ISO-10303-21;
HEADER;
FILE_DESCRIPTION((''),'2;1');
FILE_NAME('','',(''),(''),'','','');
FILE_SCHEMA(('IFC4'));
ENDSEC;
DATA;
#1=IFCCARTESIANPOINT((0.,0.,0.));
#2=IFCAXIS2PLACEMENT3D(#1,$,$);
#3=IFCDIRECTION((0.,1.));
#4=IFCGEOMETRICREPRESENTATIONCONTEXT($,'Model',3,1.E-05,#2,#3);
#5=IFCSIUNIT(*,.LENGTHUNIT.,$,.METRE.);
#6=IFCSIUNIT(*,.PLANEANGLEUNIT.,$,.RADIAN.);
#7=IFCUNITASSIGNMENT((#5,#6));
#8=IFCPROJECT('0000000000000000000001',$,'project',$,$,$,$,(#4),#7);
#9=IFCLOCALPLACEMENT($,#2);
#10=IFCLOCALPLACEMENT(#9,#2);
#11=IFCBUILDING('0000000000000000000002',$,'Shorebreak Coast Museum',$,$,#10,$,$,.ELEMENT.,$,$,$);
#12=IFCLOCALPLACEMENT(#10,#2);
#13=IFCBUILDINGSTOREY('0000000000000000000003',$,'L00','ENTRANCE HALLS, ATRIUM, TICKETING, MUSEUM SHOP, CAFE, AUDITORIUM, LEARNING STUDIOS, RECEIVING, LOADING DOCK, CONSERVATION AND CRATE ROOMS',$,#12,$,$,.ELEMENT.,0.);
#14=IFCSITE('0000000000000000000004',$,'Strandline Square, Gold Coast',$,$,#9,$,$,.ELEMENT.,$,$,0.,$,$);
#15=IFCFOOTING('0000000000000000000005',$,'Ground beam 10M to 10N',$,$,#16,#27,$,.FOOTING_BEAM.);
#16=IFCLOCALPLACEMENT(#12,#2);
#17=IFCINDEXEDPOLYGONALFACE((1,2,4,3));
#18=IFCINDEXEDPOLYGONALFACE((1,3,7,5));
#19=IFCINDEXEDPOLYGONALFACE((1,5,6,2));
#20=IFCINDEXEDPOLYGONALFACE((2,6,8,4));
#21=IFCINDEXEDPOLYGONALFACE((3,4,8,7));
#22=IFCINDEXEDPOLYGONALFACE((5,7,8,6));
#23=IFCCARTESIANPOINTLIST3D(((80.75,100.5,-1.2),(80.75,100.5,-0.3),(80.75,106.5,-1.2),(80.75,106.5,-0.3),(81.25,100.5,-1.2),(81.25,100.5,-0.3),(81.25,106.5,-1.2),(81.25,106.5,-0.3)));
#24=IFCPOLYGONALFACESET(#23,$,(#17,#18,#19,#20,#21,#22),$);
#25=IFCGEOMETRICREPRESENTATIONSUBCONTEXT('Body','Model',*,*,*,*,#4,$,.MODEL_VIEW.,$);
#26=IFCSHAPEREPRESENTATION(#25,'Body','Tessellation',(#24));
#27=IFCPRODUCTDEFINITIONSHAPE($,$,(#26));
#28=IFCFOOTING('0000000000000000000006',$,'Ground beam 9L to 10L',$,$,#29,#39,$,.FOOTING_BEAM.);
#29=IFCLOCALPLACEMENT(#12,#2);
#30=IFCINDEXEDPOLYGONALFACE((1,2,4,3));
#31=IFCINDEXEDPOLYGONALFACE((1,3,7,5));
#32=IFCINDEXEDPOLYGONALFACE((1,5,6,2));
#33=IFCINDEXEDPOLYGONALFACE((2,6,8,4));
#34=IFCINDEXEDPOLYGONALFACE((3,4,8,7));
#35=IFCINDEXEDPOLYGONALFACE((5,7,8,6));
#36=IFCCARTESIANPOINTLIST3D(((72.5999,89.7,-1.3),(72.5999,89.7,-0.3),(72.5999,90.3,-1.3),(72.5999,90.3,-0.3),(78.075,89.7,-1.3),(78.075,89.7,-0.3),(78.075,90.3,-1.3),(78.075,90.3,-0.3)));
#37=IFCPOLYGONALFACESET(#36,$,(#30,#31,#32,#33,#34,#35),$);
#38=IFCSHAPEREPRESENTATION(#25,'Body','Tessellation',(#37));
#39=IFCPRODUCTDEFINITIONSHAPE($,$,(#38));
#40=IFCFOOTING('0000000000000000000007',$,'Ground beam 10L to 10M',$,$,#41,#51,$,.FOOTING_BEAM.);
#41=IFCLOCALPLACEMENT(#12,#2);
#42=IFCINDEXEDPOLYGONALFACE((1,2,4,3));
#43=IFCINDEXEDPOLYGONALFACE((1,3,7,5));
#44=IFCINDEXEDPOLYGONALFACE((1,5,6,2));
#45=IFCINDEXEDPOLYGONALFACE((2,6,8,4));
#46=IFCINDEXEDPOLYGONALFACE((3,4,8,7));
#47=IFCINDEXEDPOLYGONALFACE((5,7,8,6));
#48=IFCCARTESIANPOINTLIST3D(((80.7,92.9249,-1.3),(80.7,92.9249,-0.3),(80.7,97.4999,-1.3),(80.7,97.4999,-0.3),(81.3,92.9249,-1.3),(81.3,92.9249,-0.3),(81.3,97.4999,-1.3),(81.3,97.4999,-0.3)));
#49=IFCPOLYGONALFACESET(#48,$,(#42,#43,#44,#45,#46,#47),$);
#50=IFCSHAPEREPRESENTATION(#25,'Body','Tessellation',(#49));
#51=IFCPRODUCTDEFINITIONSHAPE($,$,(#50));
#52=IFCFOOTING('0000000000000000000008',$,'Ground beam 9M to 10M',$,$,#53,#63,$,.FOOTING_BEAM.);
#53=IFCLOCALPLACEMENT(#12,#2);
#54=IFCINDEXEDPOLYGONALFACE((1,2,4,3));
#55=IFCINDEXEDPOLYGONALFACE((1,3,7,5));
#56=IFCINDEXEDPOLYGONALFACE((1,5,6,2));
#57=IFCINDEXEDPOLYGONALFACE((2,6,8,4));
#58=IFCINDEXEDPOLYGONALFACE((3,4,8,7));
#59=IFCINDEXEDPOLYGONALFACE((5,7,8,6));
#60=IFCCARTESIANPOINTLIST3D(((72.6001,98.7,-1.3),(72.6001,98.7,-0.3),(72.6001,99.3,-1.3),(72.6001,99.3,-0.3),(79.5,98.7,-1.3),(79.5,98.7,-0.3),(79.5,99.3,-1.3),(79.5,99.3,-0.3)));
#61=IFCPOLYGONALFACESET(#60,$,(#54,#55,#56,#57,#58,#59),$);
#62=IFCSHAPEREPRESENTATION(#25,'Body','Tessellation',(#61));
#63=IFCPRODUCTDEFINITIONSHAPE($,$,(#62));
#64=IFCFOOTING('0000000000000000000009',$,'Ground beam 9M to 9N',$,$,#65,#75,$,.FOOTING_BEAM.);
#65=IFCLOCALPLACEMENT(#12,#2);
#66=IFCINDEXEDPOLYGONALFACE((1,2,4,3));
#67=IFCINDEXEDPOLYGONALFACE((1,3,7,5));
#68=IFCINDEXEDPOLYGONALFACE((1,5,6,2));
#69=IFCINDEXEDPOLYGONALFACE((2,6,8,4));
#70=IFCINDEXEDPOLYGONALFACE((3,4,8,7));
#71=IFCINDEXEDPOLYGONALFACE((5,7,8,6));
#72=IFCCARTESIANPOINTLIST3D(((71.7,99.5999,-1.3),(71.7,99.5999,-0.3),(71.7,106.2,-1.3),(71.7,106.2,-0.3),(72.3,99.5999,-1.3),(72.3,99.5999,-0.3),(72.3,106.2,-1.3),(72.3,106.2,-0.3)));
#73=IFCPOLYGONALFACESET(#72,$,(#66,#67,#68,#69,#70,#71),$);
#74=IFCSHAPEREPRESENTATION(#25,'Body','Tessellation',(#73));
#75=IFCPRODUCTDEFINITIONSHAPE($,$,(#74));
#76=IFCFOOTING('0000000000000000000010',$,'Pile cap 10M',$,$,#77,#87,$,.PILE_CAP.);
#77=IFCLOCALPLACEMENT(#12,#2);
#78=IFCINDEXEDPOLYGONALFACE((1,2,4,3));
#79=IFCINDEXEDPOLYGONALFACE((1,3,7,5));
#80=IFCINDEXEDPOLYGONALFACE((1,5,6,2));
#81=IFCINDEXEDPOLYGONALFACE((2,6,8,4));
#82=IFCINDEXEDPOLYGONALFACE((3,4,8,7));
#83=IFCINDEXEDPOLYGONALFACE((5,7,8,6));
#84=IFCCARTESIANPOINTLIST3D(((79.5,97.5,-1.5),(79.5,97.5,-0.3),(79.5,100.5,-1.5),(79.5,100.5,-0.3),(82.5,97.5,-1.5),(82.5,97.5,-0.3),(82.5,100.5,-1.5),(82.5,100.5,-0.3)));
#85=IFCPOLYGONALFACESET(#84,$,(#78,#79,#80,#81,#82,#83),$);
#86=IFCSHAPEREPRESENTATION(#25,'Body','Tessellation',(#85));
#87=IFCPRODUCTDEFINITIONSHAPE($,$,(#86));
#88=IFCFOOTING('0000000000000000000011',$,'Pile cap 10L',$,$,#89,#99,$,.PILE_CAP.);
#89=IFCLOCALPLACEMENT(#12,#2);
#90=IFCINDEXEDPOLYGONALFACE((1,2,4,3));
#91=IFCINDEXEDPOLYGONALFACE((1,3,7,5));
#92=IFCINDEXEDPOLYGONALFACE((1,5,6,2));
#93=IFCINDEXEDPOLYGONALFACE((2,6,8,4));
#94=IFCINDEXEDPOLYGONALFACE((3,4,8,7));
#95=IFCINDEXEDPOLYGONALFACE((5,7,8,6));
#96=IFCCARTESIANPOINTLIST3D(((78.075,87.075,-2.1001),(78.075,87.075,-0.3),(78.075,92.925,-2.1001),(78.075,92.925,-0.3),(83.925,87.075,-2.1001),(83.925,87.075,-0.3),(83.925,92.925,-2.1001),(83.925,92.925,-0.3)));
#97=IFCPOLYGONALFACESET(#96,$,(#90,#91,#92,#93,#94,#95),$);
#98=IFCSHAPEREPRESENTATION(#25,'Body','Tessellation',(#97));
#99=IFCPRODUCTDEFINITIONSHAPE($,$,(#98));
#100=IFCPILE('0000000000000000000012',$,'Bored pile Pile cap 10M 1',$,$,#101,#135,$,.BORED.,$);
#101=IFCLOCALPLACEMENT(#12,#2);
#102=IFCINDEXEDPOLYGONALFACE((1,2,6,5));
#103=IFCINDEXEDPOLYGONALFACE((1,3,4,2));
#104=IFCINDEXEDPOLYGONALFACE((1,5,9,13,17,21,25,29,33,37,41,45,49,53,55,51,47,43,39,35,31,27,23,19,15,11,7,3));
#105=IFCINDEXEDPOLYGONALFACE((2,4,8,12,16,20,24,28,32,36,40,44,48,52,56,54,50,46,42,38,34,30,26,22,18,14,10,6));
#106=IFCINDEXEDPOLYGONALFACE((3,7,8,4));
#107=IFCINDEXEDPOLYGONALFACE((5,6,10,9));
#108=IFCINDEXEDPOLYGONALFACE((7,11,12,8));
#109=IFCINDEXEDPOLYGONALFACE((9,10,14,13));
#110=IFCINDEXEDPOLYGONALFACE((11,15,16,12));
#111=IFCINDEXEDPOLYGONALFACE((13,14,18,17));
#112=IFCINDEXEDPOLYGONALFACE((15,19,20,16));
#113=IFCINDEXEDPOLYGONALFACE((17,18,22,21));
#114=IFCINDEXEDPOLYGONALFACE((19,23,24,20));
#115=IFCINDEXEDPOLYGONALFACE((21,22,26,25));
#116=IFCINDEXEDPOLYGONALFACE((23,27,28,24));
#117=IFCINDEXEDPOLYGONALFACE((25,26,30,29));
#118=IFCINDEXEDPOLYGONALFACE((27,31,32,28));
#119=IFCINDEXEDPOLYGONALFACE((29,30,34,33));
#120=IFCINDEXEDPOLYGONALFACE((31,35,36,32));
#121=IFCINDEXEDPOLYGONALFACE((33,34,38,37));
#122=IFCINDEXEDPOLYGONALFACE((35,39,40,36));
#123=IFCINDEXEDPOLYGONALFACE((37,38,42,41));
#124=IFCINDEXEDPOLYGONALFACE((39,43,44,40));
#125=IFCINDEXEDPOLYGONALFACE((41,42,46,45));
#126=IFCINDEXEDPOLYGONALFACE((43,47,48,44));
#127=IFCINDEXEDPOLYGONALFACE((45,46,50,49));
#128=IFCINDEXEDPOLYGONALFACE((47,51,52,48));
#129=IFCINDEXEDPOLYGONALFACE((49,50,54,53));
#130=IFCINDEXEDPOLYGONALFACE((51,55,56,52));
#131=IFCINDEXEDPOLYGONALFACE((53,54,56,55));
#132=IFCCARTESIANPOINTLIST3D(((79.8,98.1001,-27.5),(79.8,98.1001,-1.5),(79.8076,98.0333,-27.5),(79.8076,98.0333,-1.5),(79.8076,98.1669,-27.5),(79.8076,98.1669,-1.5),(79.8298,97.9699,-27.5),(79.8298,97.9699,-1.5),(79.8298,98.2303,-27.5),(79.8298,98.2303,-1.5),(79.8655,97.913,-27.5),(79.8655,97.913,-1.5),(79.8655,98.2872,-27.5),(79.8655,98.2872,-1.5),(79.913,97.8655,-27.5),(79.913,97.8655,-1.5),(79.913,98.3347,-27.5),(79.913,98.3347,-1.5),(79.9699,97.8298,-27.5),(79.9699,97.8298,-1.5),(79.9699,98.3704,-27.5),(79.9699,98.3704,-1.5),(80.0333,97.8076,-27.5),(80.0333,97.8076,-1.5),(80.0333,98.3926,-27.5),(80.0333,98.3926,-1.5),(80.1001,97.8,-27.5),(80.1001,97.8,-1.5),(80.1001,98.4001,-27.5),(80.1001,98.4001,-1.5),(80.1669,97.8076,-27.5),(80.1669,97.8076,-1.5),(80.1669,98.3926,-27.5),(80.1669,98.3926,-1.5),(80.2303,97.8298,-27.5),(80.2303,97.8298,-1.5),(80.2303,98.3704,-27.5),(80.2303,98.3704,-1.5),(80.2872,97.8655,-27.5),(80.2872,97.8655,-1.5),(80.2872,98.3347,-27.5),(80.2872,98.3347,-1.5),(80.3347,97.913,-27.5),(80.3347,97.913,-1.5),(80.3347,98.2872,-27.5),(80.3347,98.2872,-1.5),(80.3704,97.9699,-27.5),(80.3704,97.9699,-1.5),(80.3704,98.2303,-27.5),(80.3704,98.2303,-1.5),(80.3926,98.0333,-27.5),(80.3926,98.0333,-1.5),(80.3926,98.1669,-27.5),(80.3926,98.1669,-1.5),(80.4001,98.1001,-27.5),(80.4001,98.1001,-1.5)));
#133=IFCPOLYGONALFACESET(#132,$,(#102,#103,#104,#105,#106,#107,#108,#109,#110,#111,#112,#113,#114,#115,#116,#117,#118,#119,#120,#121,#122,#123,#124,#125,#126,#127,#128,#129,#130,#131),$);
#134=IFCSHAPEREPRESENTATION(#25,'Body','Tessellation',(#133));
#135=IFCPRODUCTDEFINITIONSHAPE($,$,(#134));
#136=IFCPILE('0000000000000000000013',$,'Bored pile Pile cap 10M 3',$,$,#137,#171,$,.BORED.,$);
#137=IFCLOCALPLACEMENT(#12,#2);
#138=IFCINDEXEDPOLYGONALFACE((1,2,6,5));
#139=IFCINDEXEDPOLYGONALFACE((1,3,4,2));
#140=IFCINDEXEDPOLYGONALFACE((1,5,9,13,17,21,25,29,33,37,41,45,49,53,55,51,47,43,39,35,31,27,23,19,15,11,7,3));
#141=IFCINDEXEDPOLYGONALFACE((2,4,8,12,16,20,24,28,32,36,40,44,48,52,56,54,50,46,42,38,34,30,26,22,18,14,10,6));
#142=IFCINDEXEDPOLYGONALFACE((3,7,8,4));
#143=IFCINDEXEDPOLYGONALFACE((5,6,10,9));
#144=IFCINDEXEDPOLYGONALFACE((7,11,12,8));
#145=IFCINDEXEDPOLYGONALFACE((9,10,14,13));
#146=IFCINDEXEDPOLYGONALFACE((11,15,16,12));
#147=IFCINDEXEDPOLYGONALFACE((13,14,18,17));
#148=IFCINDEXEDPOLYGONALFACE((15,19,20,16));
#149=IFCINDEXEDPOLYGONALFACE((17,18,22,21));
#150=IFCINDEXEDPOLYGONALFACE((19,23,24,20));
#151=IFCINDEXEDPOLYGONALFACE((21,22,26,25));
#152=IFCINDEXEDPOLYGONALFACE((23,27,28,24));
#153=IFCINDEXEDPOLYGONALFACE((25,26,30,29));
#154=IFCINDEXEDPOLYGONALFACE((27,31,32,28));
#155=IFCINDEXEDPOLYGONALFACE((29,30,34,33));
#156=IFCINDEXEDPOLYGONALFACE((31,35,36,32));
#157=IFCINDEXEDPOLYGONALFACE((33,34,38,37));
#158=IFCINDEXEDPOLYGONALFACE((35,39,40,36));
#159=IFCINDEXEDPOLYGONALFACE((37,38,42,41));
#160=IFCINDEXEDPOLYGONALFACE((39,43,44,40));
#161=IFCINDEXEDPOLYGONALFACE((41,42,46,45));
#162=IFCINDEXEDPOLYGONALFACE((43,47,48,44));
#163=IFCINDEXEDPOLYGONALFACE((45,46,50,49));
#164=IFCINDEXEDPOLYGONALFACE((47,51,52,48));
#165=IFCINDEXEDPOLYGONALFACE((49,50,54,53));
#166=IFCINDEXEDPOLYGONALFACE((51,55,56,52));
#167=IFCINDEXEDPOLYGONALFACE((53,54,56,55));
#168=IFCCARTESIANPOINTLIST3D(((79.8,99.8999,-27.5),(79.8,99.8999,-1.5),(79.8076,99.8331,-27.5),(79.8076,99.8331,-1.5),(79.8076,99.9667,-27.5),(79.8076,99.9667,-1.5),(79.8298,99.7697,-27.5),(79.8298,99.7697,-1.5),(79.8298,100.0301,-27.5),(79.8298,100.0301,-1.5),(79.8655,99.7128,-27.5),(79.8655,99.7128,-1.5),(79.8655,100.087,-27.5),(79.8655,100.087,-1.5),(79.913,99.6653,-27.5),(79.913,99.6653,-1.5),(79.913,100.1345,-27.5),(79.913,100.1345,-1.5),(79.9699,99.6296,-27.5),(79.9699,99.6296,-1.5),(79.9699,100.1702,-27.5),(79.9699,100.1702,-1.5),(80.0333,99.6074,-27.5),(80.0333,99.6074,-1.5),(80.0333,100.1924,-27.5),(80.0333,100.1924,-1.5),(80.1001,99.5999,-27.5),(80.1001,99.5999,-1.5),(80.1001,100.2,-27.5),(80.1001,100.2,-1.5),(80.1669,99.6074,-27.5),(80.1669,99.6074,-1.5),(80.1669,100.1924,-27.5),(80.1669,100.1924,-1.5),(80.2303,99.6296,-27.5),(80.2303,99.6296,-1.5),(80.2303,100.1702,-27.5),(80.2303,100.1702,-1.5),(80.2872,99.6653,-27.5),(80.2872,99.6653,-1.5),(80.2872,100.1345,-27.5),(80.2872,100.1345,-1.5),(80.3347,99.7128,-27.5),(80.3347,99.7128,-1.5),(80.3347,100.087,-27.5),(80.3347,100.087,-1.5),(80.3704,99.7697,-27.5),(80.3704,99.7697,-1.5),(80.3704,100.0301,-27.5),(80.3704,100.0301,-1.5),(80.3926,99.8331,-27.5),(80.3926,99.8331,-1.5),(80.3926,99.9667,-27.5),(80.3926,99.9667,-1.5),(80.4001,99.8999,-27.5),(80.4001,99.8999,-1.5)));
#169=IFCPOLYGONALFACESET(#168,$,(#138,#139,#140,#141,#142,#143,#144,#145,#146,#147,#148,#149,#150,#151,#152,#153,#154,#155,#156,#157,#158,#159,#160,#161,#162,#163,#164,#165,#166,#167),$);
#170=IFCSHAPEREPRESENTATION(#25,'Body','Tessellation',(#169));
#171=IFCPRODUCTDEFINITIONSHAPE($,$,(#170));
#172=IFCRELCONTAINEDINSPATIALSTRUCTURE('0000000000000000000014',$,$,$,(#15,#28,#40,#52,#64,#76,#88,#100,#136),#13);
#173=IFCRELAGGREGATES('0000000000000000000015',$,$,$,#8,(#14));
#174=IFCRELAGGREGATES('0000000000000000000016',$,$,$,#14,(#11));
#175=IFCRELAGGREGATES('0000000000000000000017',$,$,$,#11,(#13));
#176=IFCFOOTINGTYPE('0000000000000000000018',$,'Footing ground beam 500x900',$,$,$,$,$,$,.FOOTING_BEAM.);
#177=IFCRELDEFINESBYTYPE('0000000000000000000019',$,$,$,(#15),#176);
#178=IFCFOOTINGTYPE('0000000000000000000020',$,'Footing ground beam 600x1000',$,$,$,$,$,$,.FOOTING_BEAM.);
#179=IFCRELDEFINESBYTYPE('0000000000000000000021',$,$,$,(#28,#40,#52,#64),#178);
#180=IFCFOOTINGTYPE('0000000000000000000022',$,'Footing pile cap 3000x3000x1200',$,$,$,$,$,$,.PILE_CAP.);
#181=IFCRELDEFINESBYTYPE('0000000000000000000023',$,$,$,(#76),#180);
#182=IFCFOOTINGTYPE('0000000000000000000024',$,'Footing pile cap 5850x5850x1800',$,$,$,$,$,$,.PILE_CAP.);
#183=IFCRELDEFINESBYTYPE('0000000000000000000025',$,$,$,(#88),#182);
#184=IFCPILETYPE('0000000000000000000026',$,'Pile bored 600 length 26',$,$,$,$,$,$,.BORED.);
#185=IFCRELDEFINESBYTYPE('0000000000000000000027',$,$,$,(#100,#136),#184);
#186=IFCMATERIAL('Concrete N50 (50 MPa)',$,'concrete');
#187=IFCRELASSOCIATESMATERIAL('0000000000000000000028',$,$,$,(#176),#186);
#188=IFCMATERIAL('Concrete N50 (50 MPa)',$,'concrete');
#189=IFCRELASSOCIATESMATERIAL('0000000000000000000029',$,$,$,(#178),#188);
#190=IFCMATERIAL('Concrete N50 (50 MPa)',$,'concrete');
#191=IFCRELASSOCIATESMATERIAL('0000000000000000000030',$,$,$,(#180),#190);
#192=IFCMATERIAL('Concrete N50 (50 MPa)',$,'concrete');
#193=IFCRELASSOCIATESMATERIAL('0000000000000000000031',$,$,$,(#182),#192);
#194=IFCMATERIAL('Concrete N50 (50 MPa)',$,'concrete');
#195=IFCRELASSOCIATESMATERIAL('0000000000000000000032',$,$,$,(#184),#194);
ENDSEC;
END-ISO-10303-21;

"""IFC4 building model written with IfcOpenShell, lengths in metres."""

from ifc_helpers import new_model, si_unit, direction, frame, origin, origin_2d, place, context, subcontext, project, spatial, rectangle, circle, extrude, material, material_profile, profile_set, type_object, element, save


model = new_model("IFC4")

# Units and contexts
model_context = context("Model", 3, precision=1e-05, world=origin(), true_north=direction((0.0, 1.0)))
body_context = subcontext(model_context, "Body", "Model", "MODEL_VIEW")
ifc_project = project(units=[si_unit("LENGTHUNIT", "METRE"), si_unit("PLANEANGLEUNIT", "RADIAN")], contexts=[model_context])

# Site, building, storey
site_placement = place(None, origin())
site = spatial("IfcSite", under=ifc_project, at=site_placement, Name="Strandline Square, Gold Coast", CompositionType="ELEMENT", RefElevation=0.0)
building_placement = place(site_placement, origin())
building = spatial("IfcBuilding", under=site, at=building_placement, Name="Shorebreak Coast Museum", CompositionType="ELEMENT")
storey_placement = place(building_placement, origin())
storey = spatial("IfcBuildingStorey", under=building, at=storey_placement, Name="L00", Description="ENTRANCE HALLS, ATRIUM, TICKETING, MUSEUM SHOP, CAFE, AUDITORIUM, LEARNING STUDIOS, RECEIVING, LOADING DOCK, CONSERVATION AND CRATE ROOMS", CompositionType="ELEMENT", Elevation=0.0)

# Footings
ifc_material_1 = material(Name="Concrete N50 (50 MPa)", Category="concrete")
footing_type_1 = type_object("IfcFootingType", Name="Footing ground beam 500x900", PredefinedType="FOOTING_BEAM", material=ifc_material_1)
footing_1_placement = place(storey_placement, frame((81.0, 103.5, -1.2), z_axis=(0.0, 0.0, 1.0), x_axis=(1.0, 0.0, 0.0)))
element("IfcFooting", 1, at=footing_1_placement, inside=storey, type_object=footing_type_1, Name="Ground beam 10M to 10N", PredefinedType="FOOTING_BEAM", context=body_context, shape_type="SweptSolid", body=[
    extrude(rectangle(XDim=0.5, YDim=6.0, at=origin_2d()), origin(), (0.0, 0.0, 1.0), 0.8999),
])
ifc_material_2 = material(Name="Concrete N50 (50 MPa)", Category="concrete")
footing_type_2 = type_object("IfcFootingType", Name="Footing ground beam 600x1000", PredefinedType="FOOTING_BEAM", material=ifc_material_2)
footing_2_placement = place(storey_placement, frame((75.3374, 90.0, -1.3), z_axis=(0.0, 0.0, 1.0), x_axis=(1.0, 0.0, 0.0)))
element("IfcFooting", 2, at=footing_2_placement, inside=storey, type_object=footing_type_2, Name="Ground beam 9L to 10L", PredefinedType="FOOTING_BEAM", context=body_context, shape_type="SweptSolid", body=[
    extrude(rectangle(XDim=5.4751, YDim=0.6001, at=origin_2d()), origin(), (0.0, 0.0, 1.0), 1.0),
])
footing_3_placement = place(storey_placement, frame((81.0, 95.2124, -1.3), z_axis=(0.0, 0.0, 1.0), x_axis=(1.0, 0.0, 0.0)))
element("IfcFooting", 3, at=footing_3_placement, inside=storey, type_object=footing_type_2, Name="Ground beam 10L to 10M", PredefinedType="FOOTING_BEAM", context=body_context, shape_type="SweptSolid", body=[
    extrude(rectangle(XDim=0.6001, YDim=4.575, at=origin_2d()), origin(), (0.0, 0.0, 1.0), 1.0),
])
footing_4_placement = place(storey_placement, frame((76.05, 99.0, -1.3), z_axis=(0.0, 0.0, 1.0), x_axis=(1.0, 0.0, 0.0)))
element("IfcFooting", 4, at=footing_4_placement, inside=storey, type_object=footing_type_2, Name="Ground beam 9M to 10M", PredefinedType="FOOTING_BEAM", context=body_context, shape_type="SweptSolid", body=[
    extrude(rectangle(XDim=6.8999, YDim=0.6001, at=origin_2d()), origin(), (0.0, 0.0, 1.0), 1.0),
])
footing_5_placement = place(storey_placement, frame((72.0, 102.8999, -1.3), z_axis=(0.0, 0.0, 1.0), x_axis=(1.0, 0.0, 0.0)))
element("IfcFooting", 5, at=footing_5_placement, inside=storey, type_object=footing_type_2, Name="Ground beam 9M to 9N", PredefinedType="FOOTING_BEAM", context=body_context, shape_type="SweptSolid", body=[
    extrude(rectangle(XDim=0.6001, YDim=6.6001, at=origin_2d()), origin(), (0.0, 0.0, 1.0), 1.0),
])
ifc_material_3 = material(Name="Concrete N50 (50 MPa)", Category="concrete")
footing_type_3 = type_object("IfcFootingType", Name="Footing pile cap 3000x3000x1200", PredefinedType="PILE_CAP", material=ifc_material_3)
footing_6_placement = place(storey_placement, frame((81.0, 99.0, -1.5), z_axis=(0.0, 0.0, 1.0), x_axis=(1.0, 0.0, 0.0)))
element("IfcFooting", 6, at=footing_6_placement, inside=storey, type_object=footing_type_3, Name="Pile cap 10M", PredefinedType="PILE_CAP", context=body_context, shape_type="SweptSolid", body=[
    extrude(rectangle(XDim=3.0, YDim=3.0, at=origin_2d()), origin(), (0.0, 0.0, 1.0), 1.2),
])
ifc_material_4 = material(Name="Concrete N50 (50 MPa)", Category="concrete")
footing_type_4 = type_object("IfcFootingType", Name="Footing pile cap 5850x5850x1800", PredefinedType="PILE_CAP", material=ifc_material_4)
footing_7_placement = place(storey_placement, frame((81.0, 90.0, -2.1001), z_axis=(0.0, 0.0, 1.0), x_axis=(1.0, 0.0, 0.0)))
element("IfcFooting", 7, at=footing_7_placement, inside=storey, type_object=footing_type_4, Name="Pile cap 10L", PredefinedType="PILE_CAP", context=body_context, shape_type="SweptSolid", body=[
    extrude(rectangle(XDim=5.8501, YDim=5.8501, at=origin_2d()), origin(), (0.0, 0.0, 1.0), 1.8),
])

# Piles
ifc_material_5 = material(Name="Concrete N50 (50 MPa)", Category="concrete")
ifc_material_profile_1 = material_profile(ifc_material_5, circle(Radius=0.3, at=origin_2d()), Name="Pile bored 600 length 26")
ifc_profile_set_1 = profile_set([ifc_material_profile_1], Name="Concrete N50 (50 MPa)")
pile_type_1 = type_object("IfcPileType", Name="Pile bored 600 length 26", PredefinedType="BORED", material=ifc_profile_set_1)
for number, where, z_axis, x_axis, name in (
    (8, (80.1001, 98.1001, -1.5), (0.0, 0.0, -1.0), (1.0, 0.0, 0.0), "Bored pile Pile cap 10M 1"),
    (9, (80.1001, 99.8999, -1.5), (0.0, 0.0, -1.0), (1.0, 0.0, 0.0), "Bored pile Pile cap 10M 3"),
):
    element("IfcPile", number, at=place(storey_placement, frame(where, z_axis=z_axis, x_axis=x_axis)), inside=storey, type_object=pile_type_1, Name=name, PredefinedType="BORED", context=body_context, shape_type="SweptSolid", body=[
        extrude(circle(Radius=0.3, at=origin_2d()), origin(), (0.0, 0.0, 1.0), 26.0),
    ])

save(model, "model.ifc")
